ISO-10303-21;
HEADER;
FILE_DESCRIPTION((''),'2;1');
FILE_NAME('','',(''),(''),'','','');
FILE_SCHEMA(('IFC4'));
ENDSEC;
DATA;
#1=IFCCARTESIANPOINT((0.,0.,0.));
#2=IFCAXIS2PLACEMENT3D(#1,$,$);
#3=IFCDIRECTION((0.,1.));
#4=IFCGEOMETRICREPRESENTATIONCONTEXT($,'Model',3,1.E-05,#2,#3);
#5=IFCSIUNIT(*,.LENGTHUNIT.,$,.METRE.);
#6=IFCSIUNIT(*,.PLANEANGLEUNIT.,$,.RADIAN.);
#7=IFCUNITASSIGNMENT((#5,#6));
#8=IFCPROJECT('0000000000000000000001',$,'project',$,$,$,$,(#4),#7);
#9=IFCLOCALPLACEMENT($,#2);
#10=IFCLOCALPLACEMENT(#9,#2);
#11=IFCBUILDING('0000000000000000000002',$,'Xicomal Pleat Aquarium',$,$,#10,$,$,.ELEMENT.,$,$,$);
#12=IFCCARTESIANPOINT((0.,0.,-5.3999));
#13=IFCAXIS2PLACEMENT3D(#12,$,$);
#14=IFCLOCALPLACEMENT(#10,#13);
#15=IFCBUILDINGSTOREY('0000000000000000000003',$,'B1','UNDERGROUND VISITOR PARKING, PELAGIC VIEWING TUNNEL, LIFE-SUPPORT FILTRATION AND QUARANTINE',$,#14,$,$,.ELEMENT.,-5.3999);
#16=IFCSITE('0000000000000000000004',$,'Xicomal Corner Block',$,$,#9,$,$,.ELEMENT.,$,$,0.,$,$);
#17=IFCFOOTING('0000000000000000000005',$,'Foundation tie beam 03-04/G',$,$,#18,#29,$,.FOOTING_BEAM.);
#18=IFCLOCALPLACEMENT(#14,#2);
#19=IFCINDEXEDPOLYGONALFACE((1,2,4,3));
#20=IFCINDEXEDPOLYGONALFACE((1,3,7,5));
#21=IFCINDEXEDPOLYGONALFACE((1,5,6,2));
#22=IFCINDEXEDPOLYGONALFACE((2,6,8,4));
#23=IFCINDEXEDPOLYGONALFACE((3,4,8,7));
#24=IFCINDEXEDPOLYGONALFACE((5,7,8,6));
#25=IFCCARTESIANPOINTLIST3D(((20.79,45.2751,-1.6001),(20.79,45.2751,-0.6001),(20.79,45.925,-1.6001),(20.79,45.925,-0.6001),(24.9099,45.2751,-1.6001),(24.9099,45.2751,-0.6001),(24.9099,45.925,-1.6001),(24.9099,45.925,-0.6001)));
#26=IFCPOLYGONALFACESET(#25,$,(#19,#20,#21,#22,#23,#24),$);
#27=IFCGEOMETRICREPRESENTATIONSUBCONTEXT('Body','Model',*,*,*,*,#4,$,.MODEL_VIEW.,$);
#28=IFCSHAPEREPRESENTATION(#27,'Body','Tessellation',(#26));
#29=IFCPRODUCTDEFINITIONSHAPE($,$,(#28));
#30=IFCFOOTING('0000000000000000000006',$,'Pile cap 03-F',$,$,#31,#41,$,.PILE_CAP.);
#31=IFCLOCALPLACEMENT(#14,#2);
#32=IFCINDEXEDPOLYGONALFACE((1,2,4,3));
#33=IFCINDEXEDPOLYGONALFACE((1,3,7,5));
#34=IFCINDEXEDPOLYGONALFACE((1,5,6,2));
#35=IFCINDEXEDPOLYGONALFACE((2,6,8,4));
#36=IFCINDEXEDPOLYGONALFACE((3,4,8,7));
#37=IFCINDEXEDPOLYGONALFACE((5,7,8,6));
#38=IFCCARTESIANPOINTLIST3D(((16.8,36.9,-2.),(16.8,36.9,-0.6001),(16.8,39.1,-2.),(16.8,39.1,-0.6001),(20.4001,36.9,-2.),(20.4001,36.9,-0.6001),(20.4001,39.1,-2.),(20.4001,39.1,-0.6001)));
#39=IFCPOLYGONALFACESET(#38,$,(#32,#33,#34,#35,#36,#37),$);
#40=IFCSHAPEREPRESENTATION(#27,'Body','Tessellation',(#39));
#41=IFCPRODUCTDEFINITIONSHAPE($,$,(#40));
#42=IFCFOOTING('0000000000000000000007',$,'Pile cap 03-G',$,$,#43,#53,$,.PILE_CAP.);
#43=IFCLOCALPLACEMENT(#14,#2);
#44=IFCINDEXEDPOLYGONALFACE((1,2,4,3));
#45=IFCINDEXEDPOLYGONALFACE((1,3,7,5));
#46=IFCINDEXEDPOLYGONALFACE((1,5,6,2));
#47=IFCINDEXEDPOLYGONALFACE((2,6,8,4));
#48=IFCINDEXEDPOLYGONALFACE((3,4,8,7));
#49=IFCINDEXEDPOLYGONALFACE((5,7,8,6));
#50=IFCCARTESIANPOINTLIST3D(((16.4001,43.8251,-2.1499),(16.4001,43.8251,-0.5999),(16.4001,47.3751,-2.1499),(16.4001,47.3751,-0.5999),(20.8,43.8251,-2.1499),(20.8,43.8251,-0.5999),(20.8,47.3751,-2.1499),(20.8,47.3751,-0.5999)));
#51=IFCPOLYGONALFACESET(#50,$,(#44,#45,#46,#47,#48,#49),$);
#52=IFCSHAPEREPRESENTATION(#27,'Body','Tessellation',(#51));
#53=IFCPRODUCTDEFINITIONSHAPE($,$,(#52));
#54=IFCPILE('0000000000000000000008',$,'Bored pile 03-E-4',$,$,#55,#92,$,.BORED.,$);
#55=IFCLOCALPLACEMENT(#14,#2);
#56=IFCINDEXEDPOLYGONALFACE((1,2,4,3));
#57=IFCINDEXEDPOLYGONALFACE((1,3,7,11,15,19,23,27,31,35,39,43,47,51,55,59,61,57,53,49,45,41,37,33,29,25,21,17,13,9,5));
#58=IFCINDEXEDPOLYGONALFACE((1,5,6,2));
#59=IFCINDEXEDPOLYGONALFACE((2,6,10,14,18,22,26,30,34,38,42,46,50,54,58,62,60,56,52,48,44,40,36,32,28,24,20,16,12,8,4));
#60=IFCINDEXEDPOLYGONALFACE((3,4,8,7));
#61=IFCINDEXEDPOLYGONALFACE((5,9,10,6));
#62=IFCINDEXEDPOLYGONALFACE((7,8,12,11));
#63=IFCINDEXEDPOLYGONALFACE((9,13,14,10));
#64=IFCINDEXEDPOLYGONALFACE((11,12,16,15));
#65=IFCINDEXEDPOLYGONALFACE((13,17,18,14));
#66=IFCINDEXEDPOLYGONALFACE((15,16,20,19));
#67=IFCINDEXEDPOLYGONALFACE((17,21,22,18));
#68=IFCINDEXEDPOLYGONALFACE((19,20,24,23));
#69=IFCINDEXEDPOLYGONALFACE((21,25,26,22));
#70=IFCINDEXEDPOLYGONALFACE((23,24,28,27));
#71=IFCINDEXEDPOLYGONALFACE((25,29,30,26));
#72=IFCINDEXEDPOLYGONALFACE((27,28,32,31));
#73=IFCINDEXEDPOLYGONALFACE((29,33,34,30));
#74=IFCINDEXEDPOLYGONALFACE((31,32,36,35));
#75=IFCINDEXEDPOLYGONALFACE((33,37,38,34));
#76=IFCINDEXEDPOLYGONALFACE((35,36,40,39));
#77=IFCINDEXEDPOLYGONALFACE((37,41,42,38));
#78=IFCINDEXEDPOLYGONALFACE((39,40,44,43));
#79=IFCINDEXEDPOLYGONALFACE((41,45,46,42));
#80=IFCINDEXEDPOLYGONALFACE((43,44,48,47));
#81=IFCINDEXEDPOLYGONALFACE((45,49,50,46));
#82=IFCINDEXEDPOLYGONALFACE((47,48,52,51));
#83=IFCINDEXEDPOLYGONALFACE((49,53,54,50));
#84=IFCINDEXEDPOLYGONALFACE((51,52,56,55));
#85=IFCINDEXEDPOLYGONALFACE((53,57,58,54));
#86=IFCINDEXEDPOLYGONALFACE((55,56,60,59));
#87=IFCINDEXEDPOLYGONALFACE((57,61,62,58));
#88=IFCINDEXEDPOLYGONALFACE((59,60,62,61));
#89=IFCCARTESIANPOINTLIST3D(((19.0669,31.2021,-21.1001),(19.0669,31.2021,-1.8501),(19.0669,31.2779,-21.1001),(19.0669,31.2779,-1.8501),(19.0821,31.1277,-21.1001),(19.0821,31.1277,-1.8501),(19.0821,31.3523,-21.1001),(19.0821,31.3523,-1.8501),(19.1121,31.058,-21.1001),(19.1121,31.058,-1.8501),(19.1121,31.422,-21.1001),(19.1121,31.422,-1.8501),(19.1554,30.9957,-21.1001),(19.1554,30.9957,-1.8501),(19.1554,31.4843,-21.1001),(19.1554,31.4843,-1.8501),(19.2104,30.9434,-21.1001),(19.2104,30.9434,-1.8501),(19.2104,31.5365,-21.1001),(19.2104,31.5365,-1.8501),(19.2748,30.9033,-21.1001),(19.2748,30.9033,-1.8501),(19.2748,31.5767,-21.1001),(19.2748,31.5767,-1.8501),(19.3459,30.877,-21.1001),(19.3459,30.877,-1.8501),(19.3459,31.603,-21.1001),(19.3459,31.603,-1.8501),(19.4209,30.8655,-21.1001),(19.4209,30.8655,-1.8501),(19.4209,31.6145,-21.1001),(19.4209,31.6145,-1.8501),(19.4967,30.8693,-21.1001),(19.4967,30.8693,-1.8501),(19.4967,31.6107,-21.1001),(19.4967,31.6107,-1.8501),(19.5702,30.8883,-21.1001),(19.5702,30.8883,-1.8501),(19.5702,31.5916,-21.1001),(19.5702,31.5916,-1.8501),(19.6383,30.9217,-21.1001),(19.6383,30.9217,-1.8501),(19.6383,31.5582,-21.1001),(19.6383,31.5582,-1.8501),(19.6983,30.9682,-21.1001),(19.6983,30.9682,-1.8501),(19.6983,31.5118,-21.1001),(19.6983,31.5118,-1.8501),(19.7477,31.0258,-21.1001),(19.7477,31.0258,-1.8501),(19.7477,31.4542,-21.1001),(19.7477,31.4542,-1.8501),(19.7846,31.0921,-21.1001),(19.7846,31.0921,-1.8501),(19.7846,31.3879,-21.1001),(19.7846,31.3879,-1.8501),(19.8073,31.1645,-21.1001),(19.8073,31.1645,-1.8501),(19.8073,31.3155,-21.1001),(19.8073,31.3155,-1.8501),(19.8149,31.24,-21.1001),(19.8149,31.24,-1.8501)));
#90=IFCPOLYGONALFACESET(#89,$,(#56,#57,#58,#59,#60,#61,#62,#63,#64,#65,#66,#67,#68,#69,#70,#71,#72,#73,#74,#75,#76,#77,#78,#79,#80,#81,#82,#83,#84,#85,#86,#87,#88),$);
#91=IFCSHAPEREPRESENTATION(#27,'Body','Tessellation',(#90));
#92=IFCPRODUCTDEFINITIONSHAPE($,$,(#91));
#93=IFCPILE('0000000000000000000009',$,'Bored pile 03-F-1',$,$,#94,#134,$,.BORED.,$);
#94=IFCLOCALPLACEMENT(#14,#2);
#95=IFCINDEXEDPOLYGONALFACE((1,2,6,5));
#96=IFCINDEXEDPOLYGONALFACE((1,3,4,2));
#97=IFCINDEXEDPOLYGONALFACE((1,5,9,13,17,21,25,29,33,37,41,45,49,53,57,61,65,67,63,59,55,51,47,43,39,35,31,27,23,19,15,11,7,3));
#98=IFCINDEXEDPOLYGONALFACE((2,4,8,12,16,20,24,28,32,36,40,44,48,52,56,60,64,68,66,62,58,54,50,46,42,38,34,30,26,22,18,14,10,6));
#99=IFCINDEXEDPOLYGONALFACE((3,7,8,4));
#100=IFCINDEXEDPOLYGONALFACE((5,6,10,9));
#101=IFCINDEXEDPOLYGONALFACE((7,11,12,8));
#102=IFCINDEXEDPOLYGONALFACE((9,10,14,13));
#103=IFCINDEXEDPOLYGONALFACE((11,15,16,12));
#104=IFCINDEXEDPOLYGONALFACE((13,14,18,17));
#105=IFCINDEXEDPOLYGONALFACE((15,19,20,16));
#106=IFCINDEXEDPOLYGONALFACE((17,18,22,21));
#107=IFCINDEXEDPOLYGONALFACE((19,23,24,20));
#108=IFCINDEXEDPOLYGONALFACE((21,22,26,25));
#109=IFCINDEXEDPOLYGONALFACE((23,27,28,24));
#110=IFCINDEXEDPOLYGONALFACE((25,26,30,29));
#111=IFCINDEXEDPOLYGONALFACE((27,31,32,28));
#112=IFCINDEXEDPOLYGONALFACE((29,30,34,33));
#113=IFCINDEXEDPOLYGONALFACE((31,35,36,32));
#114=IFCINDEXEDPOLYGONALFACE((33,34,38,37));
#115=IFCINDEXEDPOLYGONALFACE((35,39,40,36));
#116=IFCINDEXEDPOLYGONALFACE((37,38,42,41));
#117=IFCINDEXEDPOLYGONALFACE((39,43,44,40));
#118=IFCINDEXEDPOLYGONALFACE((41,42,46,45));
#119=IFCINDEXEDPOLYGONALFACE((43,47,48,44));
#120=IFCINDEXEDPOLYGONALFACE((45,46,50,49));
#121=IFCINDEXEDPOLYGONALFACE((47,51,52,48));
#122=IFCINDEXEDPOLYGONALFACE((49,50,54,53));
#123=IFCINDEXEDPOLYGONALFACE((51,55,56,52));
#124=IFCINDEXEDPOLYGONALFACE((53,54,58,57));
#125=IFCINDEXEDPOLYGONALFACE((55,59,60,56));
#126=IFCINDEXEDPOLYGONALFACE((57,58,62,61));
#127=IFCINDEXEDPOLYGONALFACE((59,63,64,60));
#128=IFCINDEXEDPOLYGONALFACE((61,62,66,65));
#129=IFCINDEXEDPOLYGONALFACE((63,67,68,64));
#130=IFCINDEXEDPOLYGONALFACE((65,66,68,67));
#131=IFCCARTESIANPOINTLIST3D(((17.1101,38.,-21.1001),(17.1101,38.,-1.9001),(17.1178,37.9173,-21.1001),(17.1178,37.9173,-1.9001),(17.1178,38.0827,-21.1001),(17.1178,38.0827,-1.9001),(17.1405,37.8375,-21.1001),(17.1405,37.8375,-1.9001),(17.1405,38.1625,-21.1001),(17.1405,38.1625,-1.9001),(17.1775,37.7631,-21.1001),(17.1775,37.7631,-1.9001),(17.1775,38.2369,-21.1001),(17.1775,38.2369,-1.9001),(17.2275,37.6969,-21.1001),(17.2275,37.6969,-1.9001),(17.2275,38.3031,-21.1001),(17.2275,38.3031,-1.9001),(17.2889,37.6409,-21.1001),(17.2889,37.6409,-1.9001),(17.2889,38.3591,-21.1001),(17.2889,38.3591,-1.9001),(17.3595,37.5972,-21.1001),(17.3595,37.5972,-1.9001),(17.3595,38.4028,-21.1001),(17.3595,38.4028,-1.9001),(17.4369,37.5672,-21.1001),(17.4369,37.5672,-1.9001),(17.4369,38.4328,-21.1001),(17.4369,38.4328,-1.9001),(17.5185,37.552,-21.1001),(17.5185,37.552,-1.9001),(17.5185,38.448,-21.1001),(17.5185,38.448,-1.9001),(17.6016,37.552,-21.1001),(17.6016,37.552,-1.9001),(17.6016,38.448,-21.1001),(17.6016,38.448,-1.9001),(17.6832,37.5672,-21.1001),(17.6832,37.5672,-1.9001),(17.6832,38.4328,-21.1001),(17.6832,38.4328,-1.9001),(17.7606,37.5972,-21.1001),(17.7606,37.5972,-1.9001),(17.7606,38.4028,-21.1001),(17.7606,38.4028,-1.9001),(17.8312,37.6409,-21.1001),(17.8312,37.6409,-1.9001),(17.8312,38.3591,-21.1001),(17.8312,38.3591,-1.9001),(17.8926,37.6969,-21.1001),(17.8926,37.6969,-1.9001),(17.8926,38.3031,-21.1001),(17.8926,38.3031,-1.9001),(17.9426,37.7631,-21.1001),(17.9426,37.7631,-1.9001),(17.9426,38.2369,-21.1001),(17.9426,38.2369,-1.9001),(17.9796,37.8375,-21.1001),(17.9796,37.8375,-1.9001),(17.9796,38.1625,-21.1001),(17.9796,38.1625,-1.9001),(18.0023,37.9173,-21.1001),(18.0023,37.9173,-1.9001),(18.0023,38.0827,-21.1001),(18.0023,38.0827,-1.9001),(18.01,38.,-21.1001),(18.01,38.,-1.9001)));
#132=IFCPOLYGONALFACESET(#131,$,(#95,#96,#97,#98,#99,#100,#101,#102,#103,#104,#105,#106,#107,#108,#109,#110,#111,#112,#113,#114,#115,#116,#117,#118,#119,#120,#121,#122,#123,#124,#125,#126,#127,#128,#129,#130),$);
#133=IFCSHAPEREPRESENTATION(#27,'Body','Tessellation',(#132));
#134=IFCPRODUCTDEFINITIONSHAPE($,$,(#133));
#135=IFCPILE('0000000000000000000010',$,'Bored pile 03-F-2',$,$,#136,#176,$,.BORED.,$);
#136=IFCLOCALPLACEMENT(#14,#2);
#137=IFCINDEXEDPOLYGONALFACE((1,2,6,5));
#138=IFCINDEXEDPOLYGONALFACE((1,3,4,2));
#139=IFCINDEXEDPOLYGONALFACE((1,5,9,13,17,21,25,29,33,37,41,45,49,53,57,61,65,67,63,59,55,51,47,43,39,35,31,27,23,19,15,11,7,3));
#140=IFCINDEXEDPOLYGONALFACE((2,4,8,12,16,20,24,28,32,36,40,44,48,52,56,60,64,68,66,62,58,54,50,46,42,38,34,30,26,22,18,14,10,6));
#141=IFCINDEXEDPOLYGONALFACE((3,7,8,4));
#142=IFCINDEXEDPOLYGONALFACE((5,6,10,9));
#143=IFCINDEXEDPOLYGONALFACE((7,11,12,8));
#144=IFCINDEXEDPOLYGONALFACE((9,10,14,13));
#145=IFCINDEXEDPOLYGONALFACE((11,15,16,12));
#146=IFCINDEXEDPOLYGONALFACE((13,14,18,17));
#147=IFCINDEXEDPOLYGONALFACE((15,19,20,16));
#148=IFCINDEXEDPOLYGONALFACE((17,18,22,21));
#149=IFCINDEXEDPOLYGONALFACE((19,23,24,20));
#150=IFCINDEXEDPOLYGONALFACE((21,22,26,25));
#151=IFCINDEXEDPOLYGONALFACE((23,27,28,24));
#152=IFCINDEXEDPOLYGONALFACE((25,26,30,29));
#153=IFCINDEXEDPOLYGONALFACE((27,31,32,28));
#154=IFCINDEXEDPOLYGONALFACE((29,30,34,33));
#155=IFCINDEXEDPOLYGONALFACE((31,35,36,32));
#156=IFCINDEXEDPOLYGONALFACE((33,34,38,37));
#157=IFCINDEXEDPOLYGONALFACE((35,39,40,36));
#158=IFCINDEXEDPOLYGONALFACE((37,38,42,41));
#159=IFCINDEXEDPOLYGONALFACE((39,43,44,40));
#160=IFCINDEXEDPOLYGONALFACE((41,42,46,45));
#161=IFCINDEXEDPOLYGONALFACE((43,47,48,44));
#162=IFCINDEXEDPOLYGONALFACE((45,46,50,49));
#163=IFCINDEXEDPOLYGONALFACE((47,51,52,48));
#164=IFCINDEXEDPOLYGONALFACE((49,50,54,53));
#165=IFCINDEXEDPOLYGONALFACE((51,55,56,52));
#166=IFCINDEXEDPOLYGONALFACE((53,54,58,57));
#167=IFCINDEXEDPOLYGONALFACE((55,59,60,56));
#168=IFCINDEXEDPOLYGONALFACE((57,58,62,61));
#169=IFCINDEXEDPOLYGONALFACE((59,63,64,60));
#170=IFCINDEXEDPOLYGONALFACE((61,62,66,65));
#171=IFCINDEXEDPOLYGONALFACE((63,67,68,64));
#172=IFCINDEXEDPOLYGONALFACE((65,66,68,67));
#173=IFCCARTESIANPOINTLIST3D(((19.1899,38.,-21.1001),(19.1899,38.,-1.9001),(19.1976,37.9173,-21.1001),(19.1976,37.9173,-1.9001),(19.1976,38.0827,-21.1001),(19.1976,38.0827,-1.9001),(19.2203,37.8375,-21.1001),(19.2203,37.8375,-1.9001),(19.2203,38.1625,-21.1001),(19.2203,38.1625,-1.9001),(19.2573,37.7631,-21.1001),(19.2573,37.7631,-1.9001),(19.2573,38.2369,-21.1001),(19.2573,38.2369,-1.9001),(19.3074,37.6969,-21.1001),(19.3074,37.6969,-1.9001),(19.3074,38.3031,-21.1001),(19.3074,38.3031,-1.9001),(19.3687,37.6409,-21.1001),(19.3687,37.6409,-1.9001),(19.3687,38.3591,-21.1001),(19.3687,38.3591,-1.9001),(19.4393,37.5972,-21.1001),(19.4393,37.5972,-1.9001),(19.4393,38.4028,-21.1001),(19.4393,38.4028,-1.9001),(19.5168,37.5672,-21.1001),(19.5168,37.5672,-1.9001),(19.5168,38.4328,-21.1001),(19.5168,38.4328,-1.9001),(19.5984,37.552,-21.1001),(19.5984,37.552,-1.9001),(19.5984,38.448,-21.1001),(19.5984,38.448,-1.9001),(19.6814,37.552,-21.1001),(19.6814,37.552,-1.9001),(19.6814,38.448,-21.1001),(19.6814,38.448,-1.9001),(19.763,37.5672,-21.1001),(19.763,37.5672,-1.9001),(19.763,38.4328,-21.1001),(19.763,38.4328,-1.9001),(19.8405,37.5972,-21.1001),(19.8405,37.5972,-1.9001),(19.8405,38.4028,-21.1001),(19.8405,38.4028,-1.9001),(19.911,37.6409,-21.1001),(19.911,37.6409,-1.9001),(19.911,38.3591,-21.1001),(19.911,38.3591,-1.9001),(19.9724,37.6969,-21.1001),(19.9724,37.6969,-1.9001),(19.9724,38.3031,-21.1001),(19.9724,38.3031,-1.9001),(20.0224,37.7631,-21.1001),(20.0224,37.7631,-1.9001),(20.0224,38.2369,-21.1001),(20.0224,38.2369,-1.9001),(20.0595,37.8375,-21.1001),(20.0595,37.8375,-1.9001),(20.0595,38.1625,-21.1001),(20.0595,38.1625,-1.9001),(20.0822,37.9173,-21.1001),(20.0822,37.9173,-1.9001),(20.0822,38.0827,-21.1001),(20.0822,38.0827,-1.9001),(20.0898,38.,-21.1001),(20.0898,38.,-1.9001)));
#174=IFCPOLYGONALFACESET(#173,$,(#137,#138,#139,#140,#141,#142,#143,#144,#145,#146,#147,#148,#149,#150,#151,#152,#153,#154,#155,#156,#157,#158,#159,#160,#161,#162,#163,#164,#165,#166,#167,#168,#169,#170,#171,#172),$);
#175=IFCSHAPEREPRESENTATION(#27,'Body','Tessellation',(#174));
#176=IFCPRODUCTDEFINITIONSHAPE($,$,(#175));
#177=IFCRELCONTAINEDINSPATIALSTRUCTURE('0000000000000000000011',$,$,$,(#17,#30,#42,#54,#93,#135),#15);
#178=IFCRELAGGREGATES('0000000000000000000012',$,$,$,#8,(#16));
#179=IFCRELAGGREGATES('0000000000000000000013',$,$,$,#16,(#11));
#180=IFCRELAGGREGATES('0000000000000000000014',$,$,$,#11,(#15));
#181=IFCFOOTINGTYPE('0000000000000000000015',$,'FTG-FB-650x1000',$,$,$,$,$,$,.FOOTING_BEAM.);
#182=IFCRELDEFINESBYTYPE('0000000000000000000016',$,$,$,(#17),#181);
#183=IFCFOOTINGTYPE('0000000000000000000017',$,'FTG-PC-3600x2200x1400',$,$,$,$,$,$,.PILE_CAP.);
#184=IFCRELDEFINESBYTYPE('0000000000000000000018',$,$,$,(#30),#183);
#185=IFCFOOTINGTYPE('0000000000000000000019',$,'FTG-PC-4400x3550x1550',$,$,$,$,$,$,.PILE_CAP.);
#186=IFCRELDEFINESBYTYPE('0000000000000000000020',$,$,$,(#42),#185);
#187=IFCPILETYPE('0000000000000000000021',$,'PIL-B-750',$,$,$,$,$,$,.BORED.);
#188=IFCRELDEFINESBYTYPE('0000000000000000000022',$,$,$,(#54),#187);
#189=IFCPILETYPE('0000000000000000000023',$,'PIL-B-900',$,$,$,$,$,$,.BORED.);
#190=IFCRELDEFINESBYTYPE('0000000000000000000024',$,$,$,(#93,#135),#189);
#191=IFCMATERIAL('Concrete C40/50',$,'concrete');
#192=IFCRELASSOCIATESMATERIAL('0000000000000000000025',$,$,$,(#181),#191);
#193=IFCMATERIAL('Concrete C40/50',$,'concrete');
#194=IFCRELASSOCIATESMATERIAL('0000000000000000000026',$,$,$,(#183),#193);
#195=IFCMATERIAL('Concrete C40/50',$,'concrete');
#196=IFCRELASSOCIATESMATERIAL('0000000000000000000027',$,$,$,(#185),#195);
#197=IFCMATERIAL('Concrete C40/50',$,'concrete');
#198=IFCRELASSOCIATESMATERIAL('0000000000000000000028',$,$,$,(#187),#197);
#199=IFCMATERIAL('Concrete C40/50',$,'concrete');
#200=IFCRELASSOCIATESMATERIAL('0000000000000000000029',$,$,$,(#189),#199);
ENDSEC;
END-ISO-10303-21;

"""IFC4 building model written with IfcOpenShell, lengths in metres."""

from ifc_helpers import new_model, si_unit, direction, frame, origin, origin_2d, place, context, subcontext, project, spatial, rectangle, circle, extrude, material, material_profile, profile_set, type_object, element, save


model = new_model("IFC4")

# Units and contexts
model_context = context("Model", 3, precision=1e-05, world=origin(), true_north=direction((0.0, 1.0)))
body_context = subcontext(model_context, "Body", "Model", "MODEL_VIEW")
ifc_project = project(units=[si_unit("LENGTHUNIT", "METRE"), si_unit("PLANEANGLEUNIT", "RADIAN")], contexts=[model_context])

# Site, building, storey
site_placement = place(None, origin())
site = spatial("IfcSite", under=ifc_project, at=site_placement, Name="Xicomal Corner Block", CompositionType="ELEMENT", RefElevation=0.0)
building_placement = place(site_placement, origin())
building = spatial("IfcBuilding", under=site, at=building_placement, Name="Xicomal Pleat Aquarium", CompositionType="ELEMENT")
storey_placement = place(building_placement, frame((0.0, 0.0, -5.3999)))
storey = spatial("IfcBuildingStorey", under=building, at=storey_placement, Name="B1", Description="UNDERGROUND VISITOR PARKING, PELAGIC VIEWING TUNNEL, LIFE-SUPPORT FILTRATION AND QUARANTINE", CompositionType="ELEMENT", Elevation=-5.3999)

# Footings
ifc_material_1 = material(Name="Concrete C40/50", Category="concrete")
ifc_material_profile_1 = material_profile(ifc_material_1, rectangle(XDim=0.6499, YDim=1.0, at=origin_2d()), Name="FB-03 650x1000")
ifc_profile_set_1 = profile_set([ifc_material_profile_1], Name="Concrete C40/50")
footing_type_1 = type_object("IfcFootingType", Name="FTG-FB-650x1000", PredefinedType="FOOTING_BEAM", material=ifc_profile_set_1)
footing_1_placement = place(storey_placement, frame((20.79, 45.6001, -1.1001), z_axis=(1.0, 0.0, 0.0), x_axis=(0.0, 1.0, 0.0)))
element("IfcFooting", 1, at=footing_1_placement, inside=storey, type_object=footing_type_1, Name="Foundation tie beam 03-04/G", PredefinedType="FOOTING_BEAM", context=body_context, shape_type="SweptSolid", body=[
    extrude(rectangle(XDim=0.6499, YDim=1.0, at=origin_2d()), origin(), (0.0, 0.0, 1.0), 4.1199),
])
ifc_material_2 = material(Name="Concrete C40/50", Category="concrete")
footing_type_2 = type_object("IfcFootingType", Name="FTG-PC-3600x2200x1400", PredefinedType="PILE_CAP", material=ifc_material_2)
footing_2_placement = place(storey_placement, frame((18.6001, 38.0, -2.0), z_axis=(0.0, 0.0, 1.0), x_axis=(1.0, 0.0, 0.0)))
element("IfcFooting", 2, at=footing_2_placement, inside=storey, type_object=footing_type_2, Name="Pile cap 03-F", PredefinedType="PILE_CAP", context=body_context, shape_type="SweptSolid", body=[
    extrude(rectangle(XDim=3.6001, YDim=2.2, at=origin_2d()), origin(), (0.0, 0.0, 1.0), 1.3999),
])
ifc_material_3 = material(Name="Concrete C40/50", Category="concrete")
footing_type_3 = type_object("IfcFootingType", Name="FTG-PC-4400x3550x1550", PredefinedType="PILE_CAP", material=ifc_material_3)
footing_3_placement = place(storey_placement, frame((18.6001, 45.6001, -2.1499), z_axis=(0.0, 0.0, 1.0), x_axis=(1.0, 0.0, 0.0)))
element("IfcFooting", 3, at=footing_3_placement, inside=storey, type_object=footing_type_3, Name="Pile cap 03-G", PredefinedType="PILE_CAP", context=body_context, shape_type="SweptSolid", body=[
    extrude(rectangle(XDim=4.3999, YDim=3.55, at=origin_2d()), origin(), (0.0, 0.0, 1.0), 1.55),
])

# Piles
ifc_material_4 = material(Name="Concrete C40/50", Category="concrete")
ifc_material_profile_2 = material_profile(ifc_material_4, circle(Radius=0.375, at=origin_2d()), Name="BORED PILE D750")
ifc_profile_set_2 = profile_set([ifc_material_profile_2], Name="Concrete C40/50")
pile_type_1 = type_object("IfcPileType", Name="PIL-B-750", PredefinedType="BORED", material=ifc_profile_set_2)
pile_placement = place(storey_placement, frame((19.4399, 31.24, -1.8501), z_axis=(0.0, 0.0, -1.0), x_axis=(1.0, 0.0, 0.0)))
element("IfcPile", 4, at=pile_placement, inside=storey, type_object=pile_type_1, Name="Bored pile 03-E-4", PredefinedType="BORED", context=body_context, shape_type="SweptSolid", body=[
    extrude(circle(Radius=0.375, at=origin_2d()), origin(), (0.0, 0.0, 1.0), 19.25),
])
ifc_material_5 = material(Name="Concrete C40/50", Category="concrete")
ifc_material_profile_3 = material_profile(ifc_material_5, circle(Radius=0.45, at=origin_2d()), Name="BORED PILE D900")
ifc_profile_set_3 = profile_set([ifc_material_profile_3], Name="Concrete C40/50")
pile_type_2 = type_object("IfcPileType", Name="PIL-B-900", PredefinedType="BORED", material=ifc_profile_set_3)
for number, where, z_axis, x_axis, name in (
    (5, (17.5601, 38.0, -1.9001), (0.0, 0.0, -1.0), (1.0, 0.0, 0.0), "Bored pile 03-F-1"),
    (6, (19.6399, 38.0, -1.9001), (0.0, 0.0, -1.0), (1.0, 0.0, 0.0), "Bored pile 03-F-2"),
):
    element("IfcPile", number, at=place(storey_placement, frame(where, z_axis=z_axis, x_axis=x_axis)), inside=storey, type_object=pile_type_2, Name=name, PredefinedType="BORED", context=body_context, shape_type="SweptSolid", body=[
        extrude(circle(Radius=0.45, at=origin_2d()), origin(), (0.0, 0.0, 1.0), 19.2),
    ])

save(model, "model.ifc")
